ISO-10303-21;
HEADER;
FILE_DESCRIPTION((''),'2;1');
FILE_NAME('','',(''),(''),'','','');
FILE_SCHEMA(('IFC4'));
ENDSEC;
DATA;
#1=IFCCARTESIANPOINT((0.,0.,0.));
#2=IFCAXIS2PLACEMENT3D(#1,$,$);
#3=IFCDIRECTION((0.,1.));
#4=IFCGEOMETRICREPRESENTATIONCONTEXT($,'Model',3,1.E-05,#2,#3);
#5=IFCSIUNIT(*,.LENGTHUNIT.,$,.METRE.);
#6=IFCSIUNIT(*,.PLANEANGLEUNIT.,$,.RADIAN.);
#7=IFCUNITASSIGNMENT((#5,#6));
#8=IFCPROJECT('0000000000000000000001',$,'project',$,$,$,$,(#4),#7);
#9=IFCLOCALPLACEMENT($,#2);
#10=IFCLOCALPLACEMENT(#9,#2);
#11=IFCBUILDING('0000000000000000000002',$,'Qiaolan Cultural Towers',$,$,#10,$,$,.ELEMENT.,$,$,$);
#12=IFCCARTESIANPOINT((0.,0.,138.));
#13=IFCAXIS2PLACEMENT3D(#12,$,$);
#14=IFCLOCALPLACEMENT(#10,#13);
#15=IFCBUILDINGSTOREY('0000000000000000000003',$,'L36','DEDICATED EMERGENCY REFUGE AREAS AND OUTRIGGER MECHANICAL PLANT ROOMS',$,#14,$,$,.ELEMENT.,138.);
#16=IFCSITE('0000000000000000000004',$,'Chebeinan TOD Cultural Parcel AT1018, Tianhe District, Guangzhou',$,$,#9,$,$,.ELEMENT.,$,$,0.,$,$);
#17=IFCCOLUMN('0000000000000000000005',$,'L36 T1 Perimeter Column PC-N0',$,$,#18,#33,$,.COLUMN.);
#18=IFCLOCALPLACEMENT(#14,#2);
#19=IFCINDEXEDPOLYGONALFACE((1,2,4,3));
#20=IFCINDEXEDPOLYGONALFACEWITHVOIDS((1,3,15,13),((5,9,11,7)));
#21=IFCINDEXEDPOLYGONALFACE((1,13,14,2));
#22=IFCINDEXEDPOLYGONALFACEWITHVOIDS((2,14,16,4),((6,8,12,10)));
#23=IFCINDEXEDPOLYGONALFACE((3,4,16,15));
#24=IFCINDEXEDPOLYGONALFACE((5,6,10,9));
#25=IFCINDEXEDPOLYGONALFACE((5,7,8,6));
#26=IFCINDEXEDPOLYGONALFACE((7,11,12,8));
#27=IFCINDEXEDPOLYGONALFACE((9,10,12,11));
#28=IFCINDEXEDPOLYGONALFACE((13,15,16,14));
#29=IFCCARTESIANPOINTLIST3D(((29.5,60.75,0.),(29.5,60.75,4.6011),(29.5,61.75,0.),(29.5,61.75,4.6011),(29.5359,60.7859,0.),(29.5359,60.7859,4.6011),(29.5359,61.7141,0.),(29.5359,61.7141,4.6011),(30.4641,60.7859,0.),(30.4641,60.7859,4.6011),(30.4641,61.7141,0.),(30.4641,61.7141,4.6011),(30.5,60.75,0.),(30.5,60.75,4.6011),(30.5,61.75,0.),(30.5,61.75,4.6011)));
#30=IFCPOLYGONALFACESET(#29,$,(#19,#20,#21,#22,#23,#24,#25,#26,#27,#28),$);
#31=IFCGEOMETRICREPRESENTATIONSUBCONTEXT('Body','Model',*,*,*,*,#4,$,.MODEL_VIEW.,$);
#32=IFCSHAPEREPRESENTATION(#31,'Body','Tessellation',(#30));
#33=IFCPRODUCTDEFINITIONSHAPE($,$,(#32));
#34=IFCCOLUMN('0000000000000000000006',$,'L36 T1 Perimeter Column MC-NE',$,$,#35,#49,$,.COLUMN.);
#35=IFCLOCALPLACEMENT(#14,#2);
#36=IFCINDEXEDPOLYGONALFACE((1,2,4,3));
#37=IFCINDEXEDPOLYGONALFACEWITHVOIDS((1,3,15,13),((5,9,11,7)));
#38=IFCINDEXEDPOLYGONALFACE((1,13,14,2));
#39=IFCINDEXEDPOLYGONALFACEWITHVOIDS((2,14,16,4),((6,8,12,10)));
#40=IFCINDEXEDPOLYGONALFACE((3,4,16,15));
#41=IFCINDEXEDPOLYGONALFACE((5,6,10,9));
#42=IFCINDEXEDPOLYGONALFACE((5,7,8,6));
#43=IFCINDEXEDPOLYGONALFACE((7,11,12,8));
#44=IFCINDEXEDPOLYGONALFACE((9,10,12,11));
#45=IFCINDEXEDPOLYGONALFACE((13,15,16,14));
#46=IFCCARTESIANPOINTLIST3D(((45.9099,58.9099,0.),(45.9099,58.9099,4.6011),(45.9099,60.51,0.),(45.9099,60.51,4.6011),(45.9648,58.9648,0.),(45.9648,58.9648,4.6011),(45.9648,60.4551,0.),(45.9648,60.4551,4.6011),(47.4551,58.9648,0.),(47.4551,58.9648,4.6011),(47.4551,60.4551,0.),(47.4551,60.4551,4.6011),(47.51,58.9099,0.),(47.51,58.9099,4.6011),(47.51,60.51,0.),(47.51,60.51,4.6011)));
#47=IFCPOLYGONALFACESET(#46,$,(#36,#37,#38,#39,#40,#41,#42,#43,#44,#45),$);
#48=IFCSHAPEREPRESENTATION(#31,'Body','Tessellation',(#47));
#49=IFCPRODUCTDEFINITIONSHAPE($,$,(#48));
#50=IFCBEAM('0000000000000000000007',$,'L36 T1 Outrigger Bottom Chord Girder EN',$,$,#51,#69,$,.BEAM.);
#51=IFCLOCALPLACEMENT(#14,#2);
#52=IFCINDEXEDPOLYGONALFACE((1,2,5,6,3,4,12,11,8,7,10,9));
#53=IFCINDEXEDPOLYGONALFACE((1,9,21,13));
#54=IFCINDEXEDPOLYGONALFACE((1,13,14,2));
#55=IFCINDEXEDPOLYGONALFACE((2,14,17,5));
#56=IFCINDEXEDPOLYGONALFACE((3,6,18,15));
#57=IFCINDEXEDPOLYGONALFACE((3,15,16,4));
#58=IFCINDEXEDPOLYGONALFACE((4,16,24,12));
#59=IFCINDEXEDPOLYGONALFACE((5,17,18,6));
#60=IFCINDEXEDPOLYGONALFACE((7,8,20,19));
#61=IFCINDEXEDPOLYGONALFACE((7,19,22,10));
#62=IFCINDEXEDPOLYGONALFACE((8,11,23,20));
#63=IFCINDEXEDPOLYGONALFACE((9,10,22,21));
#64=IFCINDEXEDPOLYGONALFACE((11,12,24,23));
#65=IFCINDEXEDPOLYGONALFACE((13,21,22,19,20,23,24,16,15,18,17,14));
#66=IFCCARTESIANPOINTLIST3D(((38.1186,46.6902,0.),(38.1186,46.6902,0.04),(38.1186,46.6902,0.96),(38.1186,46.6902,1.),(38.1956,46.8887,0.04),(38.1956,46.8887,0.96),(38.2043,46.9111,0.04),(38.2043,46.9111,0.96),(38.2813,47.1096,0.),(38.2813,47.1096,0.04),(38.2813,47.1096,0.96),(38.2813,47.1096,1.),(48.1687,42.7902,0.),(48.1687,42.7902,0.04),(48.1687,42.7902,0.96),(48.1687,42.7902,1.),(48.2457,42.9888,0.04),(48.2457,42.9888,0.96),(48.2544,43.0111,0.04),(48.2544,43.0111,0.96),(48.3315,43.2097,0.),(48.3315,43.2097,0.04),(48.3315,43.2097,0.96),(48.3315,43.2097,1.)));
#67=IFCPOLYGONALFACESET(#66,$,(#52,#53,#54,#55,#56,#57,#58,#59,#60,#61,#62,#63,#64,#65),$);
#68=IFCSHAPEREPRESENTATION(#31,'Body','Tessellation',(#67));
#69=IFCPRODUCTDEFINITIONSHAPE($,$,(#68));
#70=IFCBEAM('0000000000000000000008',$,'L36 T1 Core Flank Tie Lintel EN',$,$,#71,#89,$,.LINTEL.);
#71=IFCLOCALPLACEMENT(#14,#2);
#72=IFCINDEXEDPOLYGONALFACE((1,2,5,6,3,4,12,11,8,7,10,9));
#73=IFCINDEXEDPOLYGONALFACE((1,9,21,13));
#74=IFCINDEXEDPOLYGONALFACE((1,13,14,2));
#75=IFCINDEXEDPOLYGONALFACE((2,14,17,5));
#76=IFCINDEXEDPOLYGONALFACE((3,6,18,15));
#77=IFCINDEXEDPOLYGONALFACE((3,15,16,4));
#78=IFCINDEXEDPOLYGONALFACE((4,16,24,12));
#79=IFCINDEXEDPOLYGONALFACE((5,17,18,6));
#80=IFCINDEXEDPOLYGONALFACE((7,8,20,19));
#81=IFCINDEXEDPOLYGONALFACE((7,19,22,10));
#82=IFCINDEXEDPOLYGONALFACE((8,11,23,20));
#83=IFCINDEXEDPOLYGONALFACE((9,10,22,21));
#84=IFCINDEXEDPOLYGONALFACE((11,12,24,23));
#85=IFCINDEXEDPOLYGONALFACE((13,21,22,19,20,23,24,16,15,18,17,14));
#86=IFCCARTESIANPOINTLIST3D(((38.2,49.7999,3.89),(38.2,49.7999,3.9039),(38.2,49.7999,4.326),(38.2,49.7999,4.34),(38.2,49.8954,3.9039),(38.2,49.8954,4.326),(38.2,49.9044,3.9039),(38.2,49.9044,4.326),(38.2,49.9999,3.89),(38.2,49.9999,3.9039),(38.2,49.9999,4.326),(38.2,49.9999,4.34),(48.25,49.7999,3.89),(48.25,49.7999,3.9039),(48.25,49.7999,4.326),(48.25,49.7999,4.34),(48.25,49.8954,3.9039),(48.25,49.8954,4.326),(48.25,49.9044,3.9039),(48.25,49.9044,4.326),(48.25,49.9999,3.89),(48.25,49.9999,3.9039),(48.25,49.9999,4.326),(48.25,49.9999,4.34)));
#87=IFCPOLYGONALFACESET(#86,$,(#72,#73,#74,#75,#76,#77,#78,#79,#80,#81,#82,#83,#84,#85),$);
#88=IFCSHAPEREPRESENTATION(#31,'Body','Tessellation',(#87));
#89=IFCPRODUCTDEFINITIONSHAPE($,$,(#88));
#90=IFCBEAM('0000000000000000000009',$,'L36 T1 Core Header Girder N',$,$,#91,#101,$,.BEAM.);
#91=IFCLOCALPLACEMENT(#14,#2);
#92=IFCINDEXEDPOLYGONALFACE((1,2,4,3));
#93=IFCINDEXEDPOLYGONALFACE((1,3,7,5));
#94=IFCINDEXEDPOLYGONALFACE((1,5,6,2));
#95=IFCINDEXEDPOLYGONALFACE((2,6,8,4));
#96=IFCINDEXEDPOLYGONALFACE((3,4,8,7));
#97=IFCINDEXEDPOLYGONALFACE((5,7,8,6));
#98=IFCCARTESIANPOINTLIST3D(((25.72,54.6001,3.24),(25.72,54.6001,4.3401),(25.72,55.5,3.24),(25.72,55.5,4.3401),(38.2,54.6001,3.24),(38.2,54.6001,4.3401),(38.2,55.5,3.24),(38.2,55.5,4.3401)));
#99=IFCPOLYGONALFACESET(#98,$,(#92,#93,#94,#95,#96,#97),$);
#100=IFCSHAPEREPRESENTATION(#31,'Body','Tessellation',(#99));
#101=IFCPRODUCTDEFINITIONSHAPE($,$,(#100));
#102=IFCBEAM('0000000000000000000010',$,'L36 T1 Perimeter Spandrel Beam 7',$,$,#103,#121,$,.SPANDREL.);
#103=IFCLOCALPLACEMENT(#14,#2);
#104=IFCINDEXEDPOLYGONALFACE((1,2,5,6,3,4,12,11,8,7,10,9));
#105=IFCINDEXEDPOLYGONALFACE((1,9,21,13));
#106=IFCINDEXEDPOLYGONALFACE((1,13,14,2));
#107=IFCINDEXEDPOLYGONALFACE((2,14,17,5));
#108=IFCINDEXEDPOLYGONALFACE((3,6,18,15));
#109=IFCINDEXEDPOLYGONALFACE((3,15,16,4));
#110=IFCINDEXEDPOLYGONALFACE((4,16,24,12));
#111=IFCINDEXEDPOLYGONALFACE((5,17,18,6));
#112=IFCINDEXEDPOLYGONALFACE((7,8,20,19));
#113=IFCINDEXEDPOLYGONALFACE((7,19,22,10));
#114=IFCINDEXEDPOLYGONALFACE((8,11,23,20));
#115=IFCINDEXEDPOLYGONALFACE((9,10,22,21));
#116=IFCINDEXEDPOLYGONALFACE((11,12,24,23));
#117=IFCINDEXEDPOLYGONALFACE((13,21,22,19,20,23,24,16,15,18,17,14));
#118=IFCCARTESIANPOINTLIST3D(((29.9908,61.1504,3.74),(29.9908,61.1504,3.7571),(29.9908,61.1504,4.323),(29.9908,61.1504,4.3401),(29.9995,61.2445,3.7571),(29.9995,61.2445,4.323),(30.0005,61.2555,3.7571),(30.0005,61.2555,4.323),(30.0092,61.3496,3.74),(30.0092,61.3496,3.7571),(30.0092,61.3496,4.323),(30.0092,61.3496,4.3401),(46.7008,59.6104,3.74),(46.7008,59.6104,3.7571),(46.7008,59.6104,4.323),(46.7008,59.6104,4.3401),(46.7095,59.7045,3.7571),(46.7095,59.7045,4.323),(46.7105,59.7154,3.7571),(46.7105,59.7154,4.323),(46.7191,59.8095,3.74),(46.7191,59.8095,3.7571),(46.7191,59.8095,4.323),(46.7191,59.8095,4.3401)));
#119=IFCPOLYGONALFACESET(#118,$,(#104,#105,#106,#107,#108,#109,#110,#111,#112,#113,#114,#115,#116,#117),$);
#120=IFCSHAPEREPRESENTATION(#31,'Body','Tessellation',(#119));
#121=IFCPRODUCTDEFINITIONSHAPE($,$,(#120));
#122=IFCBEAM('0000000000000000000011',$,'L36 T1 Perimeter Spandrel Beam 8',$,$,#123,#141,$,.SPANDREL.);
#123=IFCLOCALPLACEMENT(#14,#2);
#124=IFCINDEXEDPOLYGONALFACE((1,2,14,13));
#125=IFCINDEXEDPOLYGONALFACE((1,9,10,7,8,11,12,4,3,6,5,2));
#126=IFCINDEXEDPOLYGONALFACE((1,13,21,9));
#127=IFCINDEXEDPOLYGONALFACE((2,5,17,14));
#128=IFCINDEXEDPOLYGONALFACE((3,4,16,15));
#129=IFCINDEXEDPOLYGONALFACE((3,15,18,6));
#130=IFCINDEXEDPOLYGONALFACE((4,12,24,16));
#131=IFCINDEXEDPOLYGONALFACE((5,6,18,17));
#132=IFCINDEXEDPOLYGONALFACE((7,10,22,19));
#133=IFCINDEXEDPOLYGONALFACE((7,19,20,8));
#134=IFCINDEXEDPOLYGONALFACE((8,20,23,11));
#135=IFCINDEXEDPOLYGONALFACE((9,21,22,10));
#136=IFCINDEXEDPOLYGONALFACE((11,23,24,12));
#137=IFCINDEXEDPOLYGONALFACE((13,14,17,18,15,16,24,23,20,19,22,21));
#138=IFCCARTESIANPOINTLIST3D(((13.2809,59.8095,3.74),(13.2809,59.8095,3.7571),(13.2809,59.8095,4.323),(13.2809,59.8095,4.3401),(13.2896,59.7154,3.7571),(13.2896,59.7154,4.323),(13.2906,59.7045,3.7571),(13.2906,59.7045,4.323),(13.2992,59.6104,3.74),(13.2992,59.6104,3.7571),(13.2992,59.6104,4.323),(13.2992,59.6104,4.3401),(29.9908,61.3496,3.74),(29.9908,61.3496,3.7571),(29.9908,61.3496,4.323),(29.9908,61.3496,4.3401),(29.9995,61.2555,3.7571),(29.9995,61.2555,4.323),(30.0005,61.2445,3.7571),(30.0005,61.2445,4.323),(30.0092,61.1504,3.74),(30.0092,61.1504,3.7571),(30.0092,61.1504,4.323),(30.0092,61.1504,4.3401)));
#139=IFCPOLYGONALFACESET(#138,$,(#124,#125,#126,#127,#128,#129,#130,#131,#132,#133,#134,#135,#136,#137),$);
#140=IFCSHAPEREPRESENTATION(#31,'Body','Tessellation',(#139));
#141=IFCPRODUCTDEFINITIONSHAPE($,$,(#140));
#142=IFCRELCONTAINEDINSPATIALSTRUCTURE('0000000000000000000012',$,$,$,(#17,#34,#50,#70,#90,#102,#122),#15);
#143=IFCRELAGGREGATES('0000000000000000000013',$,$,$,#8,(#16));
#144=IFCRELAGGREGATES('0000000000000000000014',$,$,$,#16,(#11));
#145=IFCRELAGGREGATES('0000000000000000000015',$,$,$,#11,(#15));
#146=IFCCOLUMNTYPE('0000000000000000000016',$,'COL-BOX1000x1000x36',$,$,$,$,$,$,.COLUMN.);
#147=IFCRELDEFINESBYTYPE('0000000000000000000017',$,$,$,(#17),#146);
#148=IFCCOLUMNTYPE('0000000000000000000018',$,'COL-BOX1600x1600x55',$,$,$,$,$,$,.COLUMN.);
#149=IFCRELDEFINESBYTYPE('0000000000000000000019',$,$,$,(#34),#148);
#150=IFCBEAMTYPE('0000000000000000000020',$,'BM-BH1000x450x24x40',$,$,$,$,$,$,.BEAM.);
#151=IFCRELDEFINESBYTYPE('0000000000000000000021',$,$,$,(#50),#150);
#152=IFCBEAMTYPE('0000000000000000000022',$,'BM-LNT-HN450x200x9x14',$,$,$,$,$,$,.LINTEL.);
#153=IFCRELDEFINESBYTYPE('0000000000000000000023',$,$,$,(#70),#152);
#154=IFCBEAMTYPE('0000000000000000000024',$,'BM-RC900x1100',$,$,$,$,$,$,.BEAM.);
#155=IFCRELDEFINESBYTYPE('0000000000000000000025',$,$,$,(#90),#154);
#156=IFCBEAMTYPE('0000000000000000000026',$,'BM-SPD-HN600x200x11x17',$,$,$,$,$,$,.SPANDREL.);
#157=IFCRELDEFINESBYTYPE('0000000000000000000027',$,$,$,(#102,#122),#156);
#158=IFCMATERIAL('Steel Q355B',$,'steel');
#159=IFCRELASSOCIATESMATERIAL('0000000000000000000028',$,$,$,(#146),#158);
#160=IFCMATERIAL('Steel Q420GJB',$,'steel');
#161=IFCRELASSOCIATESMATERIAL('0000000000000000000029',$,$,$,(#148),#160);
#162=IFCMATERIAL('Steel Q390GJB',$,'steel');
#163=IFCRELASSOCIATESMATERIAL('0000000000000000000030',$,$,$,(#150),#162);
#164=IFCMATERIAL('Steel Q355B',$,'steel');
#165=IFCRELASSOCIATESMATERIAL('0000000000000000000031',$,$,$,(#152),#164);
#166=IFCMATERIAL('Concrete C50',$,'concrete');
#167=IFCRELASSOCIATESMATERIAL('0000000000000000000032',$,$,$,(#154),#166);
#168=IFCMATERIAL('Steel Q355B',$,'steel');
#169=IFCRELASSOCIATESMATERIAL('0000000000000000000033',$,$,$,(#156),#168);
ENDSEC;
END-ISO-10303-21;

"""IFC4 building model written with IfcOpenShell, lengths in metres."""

from ifc_helpers import new_model, si_unit, direction, frame, origin, origin_2d, place, context, subcontext, project, spatial, rectangle, hollow_rectangle, i_section, extrude, material, material_profile, profile_set, type_object, element, save


model = new_model("IFC4")

# Units and contexts
model_context = context("Model", 3, precision=1e-05, world=origin(), true_north=direction((0.0, 1.0)))
body_context = subcontext(model_context, "Body", "Model", "MODEL_VIEW")
ifc_project = project(units=[si_unit("LENGTHUNIT", "METRE"), si_unit("PLANEANGLEUNIT", "RADIAN")], contexts=[model_context])

# Site, building, storey
site_placement = place(None, origin())
site = spatial("IfcSite", under=ifc_project, at=site_placement, Name="Chebeinan TOD Cultural Parcel AT1018, Tianhe District, Guangzhou", CompositionType="ELEMENT", RefElevation=0.0)
building_placement = place(site_placement, origin())
building = spatial("IfcBuilding", under=site, at=building_placement, Name="Qiaolan Cultural Towers", CompositionType="ELEMENT")
storey_placement = place(building_placement, frame((0.0, 0.0, 138.0)))
storey = spatial("IfcBuildingStorey", under=building, at=storey_placement, Name="L36", Description="DEDICATED EMERGENCY REFUGE AREAS AND OUTRIGGER MECHANICAL PLANT ROOMS", CompositionType="ELEMENT", Elevation=138.0)

# Columns
ifc_material_1 = material(Name="Steel Q355B", Category="steel")
ifc_material_profile_1 = material_profile(ifc_material_1, hollow_rectangle(XDim=1.0, YDim=1.0, WallThickness=0.0359, at=origin_2d()), Name="BOX1000x1000x36")
ifc_profile_set_1 = profile_set([ifc_material_profile_1], Name="Steel Q355B")
column_type_1 = type_object("IfcColumnType", Name="COL-BOX1000x1000x36", PredefinedType="COLUMN", material=ifc_profile_set_1)
column_1_placement = place(storey_placement, frame((30.0, 61.25, 0.0), z_axis=(0.0, 0.0, 1.0), x_axis=(1.0, 0.0, 0.0)))
element("IfcColumn", 1, at=column_1_placement, inside=storey, type_object=column_type_1, Name="L36 T1 Perimeter Column PC-N0", PredefinedType="COLUMN", context=body_context, shape_type="SweptSolid", body=[
    extrude(hollow_rectangle(XDim=1.0, YDim=1.0, WallThickness=0.0359, at=origin_2d()), origin(), (0.0, 0.0, 1.0), 4.6011),
])
ifc_material_2 = material(Name="Steel Q420GJB", Category="steel")
ifc_material_profile_2 = material_profile(ifc_material_2, hollow_rectangle(XDim=1.6001, YDim=1.6001, WallThickness=0.0549, at=origin_2d()), Name="BOX1600x1600x55")
ifc_profile_set_2 = profile_set([ifc_material_profile_2], Name="Steel Q420GJB")
column_type_2 = type_object("IfcColumnType", Name="COL-BOX1600x1600x55", PredefinedType="COLUMN", material=ifc_profile_set_2)
column_2_placement = place(storey_placement, frame((46.71, 59.71, 0.0), z_axis=(0.0, 0.0, 1.0), x_axis=(1.0, 0.0, 0.0)))
element("IfcColumn", 2, at=column_2_placement, inside=storey, type_object=column_type_2, Name="L36 T1 Perimeter Column MC-NE", PredefinedType="COLUMN", context=body_context, shape_type="SweptSolid", body=[
    extrude(hollow_rectangle(XDim=1.6001, YDim=1.6001, WallThickness=0.0549, at=origin_2d()), origin(), (0.0, 0.0, 1.0), 4.6011),
])

# Beams
ifc_material_3 = material(Name="Steel Q390GJB", Category="steel")
ifc_material_profile_3 = material_profile(ifc_material_3, i_section(OverallWidth=0.45, OverallDepth=1.0, WebThickness=0.0239, FlangeThickness=0.04, at=origin_2d()), Name="BH1000x450x24x40")
ifc_profile_set_3 = profile_set([ifc_material_profile_3], Name="Steel Q390GJB")
beam_type_1 = type_object("IfcBeamType", Name="BM-BH1000x450x24x40", PredefinedType="BEAM", material=ifc_profile_set_3)
beam_1_placement = place(storey_placement, frame((38.2, 46.8999, 0.5), z_axis=(0.932269, -0.361765, 0.0), x_axis=(0.361765, 0.932269, 0.0)))
element("IfcBeam", 3, at=beam_1_placement, inside=storey, type_object=beam_type_1, Name="L36 T1 Outrigger Bottom Chord Girder EN", PredefinedType="BEAM", context=body_context, shape_type="SweptSolid", body=[
    extrude(i_section(OverallWidth=0.45, OverallDepth=1.0, WebThickness=0.0239, FlangeThickness=0.04, at=origin_2d()), origin(), (0.0, 0.0, 1.0), 10.7803),
])
ifc_material_4 = material(Name="Steel Q355B", Category="steel")
ifc_material_profile_4 = material_profile(ifc_material_4, i_section(OverallWidth=0.2, OverallDepth=0.45, WebThickness=0.009, FlangeThickness=0.0139, at=origin_2d()), Name="HN450x200x9x14")
ifc_profile_set_4 = profile_set([ifc_material_profile_4], Name="Steel Q355B")
beam_type_2 = type_object("IfcBeamType", Name="BM-LNT-HN450x200x9x14", PredefinedType="LINTEL", material=ifc_profile_set_4)
beam_2_placement = place(storey_placement, frame((38.2, 49.8999, 4.115), z_axis=(1.0, 0.0, 0.0), x_axis=(0.0, 1.0, 0.0)))
element("IfcBeam", 4, at=beam_2_placement, inside=storey, type_object=beam_type_2, Name="L36 T1 Core Flank Tie Lintel EN", PredefinedType="LINTEL", context=body_context, shape_type="SweptSolid", body=[
    extrude(i_section(OverallWidth=0.2, OverallDepth=0.45, WebThickness=0.009, FlangeThickness=0.0139, at=origin_2d()), origin(), (0.0, 0.0, 1.0), 10.05),
])
ifc_material_5 = material(Name="Concrete C50", Category="concrete")
ifc_material_profile_5 = material_profile(ifc_material_5, rectangle(XDim=0.8999, YDim=1.1001, at=origin_2d()), Name="RC900x1100")
ifc_profile_set_5 = profile_set([ifc_material_profile_5], Name="Concrete C50")
beam_type_3 = type_object("IfcBeamType", Name="BM-RC900x1100", PredefinedType="BEAM", material=ifc_profile_set_5)
beam_3_placement = place(storey_placement, frame((25.72, 55.05, 3.79), z_axis=(1.0, 0.0, 0.0), x_axis=(0.0, 1.0, 0.0)))
element("IfcBeam", 5, at=beam_3_placement, inside=storey, type_object=beam_type_3, Name="L36 T1 Core Header Girder N", PredefinedType="BEAM", context=body_context, shape_type="SweptSolid", body=[
    extrude(rectangle(XDim=0.8999, YDim=1.1001, at=origin_2d()), origin(), (0.0, 0.0, 1.0), 12.48),
])
ifc_material_6 = material(Name="Steel Q355B", Category="steel")
ifc_material_profile_6 = material_profile(ifc_material_6, i_section(OverallWidth=0.2, OverallDepth=0.6001, WebThickness=0.011, FlangeThickness=0.0171, at=origin_2d()), Name="HN600x200x11x17")
ifc_profile_set_6 = profile_set([ifc_material_profile_6], Name="Steel Q355B")
beam_type_4 = type_object("IfcBeamType", Name="BM-SPD-HN600x200x11x17", PredefinedType="SPANDREL", material=ifc_profile_set_6)
for number, where, z_axis, x_axis, name in (
    (6, (46.71, 59.71, 4.04), (-0.99578, 0.091774, 0.0), (-0.091774, -0.99578, 0.0), "L36 T1 Perimeter Spandrel Beam 7"),
    (7, (30.0, 61.25, 4.04), (-0.99578, -0.091774, 0.0), (0.091774, -0.99578, 0.0), "L36 T1 Perimeter Spandrel Beam 8"),
):
    element("IfcBeam", number, at=place(storey_placement, frame(where, z_axis=z_axis, x_axis=x_axis)), inside=storey, type_object=beam_type_4, Name=name, PredefinedType="SPANDREL", context=body_context, shape_type="SweptSolid", body=[
        extrude(i_section(OverallWidth=0.2, OverallDepth=0.6001, WebThickness=0.011, FlangeThickness=0.0171, at=origin_2d()), origin(), (0.0, 0.0, 1.0), 16.7808),
    ])

save(model, "model.ifc")
